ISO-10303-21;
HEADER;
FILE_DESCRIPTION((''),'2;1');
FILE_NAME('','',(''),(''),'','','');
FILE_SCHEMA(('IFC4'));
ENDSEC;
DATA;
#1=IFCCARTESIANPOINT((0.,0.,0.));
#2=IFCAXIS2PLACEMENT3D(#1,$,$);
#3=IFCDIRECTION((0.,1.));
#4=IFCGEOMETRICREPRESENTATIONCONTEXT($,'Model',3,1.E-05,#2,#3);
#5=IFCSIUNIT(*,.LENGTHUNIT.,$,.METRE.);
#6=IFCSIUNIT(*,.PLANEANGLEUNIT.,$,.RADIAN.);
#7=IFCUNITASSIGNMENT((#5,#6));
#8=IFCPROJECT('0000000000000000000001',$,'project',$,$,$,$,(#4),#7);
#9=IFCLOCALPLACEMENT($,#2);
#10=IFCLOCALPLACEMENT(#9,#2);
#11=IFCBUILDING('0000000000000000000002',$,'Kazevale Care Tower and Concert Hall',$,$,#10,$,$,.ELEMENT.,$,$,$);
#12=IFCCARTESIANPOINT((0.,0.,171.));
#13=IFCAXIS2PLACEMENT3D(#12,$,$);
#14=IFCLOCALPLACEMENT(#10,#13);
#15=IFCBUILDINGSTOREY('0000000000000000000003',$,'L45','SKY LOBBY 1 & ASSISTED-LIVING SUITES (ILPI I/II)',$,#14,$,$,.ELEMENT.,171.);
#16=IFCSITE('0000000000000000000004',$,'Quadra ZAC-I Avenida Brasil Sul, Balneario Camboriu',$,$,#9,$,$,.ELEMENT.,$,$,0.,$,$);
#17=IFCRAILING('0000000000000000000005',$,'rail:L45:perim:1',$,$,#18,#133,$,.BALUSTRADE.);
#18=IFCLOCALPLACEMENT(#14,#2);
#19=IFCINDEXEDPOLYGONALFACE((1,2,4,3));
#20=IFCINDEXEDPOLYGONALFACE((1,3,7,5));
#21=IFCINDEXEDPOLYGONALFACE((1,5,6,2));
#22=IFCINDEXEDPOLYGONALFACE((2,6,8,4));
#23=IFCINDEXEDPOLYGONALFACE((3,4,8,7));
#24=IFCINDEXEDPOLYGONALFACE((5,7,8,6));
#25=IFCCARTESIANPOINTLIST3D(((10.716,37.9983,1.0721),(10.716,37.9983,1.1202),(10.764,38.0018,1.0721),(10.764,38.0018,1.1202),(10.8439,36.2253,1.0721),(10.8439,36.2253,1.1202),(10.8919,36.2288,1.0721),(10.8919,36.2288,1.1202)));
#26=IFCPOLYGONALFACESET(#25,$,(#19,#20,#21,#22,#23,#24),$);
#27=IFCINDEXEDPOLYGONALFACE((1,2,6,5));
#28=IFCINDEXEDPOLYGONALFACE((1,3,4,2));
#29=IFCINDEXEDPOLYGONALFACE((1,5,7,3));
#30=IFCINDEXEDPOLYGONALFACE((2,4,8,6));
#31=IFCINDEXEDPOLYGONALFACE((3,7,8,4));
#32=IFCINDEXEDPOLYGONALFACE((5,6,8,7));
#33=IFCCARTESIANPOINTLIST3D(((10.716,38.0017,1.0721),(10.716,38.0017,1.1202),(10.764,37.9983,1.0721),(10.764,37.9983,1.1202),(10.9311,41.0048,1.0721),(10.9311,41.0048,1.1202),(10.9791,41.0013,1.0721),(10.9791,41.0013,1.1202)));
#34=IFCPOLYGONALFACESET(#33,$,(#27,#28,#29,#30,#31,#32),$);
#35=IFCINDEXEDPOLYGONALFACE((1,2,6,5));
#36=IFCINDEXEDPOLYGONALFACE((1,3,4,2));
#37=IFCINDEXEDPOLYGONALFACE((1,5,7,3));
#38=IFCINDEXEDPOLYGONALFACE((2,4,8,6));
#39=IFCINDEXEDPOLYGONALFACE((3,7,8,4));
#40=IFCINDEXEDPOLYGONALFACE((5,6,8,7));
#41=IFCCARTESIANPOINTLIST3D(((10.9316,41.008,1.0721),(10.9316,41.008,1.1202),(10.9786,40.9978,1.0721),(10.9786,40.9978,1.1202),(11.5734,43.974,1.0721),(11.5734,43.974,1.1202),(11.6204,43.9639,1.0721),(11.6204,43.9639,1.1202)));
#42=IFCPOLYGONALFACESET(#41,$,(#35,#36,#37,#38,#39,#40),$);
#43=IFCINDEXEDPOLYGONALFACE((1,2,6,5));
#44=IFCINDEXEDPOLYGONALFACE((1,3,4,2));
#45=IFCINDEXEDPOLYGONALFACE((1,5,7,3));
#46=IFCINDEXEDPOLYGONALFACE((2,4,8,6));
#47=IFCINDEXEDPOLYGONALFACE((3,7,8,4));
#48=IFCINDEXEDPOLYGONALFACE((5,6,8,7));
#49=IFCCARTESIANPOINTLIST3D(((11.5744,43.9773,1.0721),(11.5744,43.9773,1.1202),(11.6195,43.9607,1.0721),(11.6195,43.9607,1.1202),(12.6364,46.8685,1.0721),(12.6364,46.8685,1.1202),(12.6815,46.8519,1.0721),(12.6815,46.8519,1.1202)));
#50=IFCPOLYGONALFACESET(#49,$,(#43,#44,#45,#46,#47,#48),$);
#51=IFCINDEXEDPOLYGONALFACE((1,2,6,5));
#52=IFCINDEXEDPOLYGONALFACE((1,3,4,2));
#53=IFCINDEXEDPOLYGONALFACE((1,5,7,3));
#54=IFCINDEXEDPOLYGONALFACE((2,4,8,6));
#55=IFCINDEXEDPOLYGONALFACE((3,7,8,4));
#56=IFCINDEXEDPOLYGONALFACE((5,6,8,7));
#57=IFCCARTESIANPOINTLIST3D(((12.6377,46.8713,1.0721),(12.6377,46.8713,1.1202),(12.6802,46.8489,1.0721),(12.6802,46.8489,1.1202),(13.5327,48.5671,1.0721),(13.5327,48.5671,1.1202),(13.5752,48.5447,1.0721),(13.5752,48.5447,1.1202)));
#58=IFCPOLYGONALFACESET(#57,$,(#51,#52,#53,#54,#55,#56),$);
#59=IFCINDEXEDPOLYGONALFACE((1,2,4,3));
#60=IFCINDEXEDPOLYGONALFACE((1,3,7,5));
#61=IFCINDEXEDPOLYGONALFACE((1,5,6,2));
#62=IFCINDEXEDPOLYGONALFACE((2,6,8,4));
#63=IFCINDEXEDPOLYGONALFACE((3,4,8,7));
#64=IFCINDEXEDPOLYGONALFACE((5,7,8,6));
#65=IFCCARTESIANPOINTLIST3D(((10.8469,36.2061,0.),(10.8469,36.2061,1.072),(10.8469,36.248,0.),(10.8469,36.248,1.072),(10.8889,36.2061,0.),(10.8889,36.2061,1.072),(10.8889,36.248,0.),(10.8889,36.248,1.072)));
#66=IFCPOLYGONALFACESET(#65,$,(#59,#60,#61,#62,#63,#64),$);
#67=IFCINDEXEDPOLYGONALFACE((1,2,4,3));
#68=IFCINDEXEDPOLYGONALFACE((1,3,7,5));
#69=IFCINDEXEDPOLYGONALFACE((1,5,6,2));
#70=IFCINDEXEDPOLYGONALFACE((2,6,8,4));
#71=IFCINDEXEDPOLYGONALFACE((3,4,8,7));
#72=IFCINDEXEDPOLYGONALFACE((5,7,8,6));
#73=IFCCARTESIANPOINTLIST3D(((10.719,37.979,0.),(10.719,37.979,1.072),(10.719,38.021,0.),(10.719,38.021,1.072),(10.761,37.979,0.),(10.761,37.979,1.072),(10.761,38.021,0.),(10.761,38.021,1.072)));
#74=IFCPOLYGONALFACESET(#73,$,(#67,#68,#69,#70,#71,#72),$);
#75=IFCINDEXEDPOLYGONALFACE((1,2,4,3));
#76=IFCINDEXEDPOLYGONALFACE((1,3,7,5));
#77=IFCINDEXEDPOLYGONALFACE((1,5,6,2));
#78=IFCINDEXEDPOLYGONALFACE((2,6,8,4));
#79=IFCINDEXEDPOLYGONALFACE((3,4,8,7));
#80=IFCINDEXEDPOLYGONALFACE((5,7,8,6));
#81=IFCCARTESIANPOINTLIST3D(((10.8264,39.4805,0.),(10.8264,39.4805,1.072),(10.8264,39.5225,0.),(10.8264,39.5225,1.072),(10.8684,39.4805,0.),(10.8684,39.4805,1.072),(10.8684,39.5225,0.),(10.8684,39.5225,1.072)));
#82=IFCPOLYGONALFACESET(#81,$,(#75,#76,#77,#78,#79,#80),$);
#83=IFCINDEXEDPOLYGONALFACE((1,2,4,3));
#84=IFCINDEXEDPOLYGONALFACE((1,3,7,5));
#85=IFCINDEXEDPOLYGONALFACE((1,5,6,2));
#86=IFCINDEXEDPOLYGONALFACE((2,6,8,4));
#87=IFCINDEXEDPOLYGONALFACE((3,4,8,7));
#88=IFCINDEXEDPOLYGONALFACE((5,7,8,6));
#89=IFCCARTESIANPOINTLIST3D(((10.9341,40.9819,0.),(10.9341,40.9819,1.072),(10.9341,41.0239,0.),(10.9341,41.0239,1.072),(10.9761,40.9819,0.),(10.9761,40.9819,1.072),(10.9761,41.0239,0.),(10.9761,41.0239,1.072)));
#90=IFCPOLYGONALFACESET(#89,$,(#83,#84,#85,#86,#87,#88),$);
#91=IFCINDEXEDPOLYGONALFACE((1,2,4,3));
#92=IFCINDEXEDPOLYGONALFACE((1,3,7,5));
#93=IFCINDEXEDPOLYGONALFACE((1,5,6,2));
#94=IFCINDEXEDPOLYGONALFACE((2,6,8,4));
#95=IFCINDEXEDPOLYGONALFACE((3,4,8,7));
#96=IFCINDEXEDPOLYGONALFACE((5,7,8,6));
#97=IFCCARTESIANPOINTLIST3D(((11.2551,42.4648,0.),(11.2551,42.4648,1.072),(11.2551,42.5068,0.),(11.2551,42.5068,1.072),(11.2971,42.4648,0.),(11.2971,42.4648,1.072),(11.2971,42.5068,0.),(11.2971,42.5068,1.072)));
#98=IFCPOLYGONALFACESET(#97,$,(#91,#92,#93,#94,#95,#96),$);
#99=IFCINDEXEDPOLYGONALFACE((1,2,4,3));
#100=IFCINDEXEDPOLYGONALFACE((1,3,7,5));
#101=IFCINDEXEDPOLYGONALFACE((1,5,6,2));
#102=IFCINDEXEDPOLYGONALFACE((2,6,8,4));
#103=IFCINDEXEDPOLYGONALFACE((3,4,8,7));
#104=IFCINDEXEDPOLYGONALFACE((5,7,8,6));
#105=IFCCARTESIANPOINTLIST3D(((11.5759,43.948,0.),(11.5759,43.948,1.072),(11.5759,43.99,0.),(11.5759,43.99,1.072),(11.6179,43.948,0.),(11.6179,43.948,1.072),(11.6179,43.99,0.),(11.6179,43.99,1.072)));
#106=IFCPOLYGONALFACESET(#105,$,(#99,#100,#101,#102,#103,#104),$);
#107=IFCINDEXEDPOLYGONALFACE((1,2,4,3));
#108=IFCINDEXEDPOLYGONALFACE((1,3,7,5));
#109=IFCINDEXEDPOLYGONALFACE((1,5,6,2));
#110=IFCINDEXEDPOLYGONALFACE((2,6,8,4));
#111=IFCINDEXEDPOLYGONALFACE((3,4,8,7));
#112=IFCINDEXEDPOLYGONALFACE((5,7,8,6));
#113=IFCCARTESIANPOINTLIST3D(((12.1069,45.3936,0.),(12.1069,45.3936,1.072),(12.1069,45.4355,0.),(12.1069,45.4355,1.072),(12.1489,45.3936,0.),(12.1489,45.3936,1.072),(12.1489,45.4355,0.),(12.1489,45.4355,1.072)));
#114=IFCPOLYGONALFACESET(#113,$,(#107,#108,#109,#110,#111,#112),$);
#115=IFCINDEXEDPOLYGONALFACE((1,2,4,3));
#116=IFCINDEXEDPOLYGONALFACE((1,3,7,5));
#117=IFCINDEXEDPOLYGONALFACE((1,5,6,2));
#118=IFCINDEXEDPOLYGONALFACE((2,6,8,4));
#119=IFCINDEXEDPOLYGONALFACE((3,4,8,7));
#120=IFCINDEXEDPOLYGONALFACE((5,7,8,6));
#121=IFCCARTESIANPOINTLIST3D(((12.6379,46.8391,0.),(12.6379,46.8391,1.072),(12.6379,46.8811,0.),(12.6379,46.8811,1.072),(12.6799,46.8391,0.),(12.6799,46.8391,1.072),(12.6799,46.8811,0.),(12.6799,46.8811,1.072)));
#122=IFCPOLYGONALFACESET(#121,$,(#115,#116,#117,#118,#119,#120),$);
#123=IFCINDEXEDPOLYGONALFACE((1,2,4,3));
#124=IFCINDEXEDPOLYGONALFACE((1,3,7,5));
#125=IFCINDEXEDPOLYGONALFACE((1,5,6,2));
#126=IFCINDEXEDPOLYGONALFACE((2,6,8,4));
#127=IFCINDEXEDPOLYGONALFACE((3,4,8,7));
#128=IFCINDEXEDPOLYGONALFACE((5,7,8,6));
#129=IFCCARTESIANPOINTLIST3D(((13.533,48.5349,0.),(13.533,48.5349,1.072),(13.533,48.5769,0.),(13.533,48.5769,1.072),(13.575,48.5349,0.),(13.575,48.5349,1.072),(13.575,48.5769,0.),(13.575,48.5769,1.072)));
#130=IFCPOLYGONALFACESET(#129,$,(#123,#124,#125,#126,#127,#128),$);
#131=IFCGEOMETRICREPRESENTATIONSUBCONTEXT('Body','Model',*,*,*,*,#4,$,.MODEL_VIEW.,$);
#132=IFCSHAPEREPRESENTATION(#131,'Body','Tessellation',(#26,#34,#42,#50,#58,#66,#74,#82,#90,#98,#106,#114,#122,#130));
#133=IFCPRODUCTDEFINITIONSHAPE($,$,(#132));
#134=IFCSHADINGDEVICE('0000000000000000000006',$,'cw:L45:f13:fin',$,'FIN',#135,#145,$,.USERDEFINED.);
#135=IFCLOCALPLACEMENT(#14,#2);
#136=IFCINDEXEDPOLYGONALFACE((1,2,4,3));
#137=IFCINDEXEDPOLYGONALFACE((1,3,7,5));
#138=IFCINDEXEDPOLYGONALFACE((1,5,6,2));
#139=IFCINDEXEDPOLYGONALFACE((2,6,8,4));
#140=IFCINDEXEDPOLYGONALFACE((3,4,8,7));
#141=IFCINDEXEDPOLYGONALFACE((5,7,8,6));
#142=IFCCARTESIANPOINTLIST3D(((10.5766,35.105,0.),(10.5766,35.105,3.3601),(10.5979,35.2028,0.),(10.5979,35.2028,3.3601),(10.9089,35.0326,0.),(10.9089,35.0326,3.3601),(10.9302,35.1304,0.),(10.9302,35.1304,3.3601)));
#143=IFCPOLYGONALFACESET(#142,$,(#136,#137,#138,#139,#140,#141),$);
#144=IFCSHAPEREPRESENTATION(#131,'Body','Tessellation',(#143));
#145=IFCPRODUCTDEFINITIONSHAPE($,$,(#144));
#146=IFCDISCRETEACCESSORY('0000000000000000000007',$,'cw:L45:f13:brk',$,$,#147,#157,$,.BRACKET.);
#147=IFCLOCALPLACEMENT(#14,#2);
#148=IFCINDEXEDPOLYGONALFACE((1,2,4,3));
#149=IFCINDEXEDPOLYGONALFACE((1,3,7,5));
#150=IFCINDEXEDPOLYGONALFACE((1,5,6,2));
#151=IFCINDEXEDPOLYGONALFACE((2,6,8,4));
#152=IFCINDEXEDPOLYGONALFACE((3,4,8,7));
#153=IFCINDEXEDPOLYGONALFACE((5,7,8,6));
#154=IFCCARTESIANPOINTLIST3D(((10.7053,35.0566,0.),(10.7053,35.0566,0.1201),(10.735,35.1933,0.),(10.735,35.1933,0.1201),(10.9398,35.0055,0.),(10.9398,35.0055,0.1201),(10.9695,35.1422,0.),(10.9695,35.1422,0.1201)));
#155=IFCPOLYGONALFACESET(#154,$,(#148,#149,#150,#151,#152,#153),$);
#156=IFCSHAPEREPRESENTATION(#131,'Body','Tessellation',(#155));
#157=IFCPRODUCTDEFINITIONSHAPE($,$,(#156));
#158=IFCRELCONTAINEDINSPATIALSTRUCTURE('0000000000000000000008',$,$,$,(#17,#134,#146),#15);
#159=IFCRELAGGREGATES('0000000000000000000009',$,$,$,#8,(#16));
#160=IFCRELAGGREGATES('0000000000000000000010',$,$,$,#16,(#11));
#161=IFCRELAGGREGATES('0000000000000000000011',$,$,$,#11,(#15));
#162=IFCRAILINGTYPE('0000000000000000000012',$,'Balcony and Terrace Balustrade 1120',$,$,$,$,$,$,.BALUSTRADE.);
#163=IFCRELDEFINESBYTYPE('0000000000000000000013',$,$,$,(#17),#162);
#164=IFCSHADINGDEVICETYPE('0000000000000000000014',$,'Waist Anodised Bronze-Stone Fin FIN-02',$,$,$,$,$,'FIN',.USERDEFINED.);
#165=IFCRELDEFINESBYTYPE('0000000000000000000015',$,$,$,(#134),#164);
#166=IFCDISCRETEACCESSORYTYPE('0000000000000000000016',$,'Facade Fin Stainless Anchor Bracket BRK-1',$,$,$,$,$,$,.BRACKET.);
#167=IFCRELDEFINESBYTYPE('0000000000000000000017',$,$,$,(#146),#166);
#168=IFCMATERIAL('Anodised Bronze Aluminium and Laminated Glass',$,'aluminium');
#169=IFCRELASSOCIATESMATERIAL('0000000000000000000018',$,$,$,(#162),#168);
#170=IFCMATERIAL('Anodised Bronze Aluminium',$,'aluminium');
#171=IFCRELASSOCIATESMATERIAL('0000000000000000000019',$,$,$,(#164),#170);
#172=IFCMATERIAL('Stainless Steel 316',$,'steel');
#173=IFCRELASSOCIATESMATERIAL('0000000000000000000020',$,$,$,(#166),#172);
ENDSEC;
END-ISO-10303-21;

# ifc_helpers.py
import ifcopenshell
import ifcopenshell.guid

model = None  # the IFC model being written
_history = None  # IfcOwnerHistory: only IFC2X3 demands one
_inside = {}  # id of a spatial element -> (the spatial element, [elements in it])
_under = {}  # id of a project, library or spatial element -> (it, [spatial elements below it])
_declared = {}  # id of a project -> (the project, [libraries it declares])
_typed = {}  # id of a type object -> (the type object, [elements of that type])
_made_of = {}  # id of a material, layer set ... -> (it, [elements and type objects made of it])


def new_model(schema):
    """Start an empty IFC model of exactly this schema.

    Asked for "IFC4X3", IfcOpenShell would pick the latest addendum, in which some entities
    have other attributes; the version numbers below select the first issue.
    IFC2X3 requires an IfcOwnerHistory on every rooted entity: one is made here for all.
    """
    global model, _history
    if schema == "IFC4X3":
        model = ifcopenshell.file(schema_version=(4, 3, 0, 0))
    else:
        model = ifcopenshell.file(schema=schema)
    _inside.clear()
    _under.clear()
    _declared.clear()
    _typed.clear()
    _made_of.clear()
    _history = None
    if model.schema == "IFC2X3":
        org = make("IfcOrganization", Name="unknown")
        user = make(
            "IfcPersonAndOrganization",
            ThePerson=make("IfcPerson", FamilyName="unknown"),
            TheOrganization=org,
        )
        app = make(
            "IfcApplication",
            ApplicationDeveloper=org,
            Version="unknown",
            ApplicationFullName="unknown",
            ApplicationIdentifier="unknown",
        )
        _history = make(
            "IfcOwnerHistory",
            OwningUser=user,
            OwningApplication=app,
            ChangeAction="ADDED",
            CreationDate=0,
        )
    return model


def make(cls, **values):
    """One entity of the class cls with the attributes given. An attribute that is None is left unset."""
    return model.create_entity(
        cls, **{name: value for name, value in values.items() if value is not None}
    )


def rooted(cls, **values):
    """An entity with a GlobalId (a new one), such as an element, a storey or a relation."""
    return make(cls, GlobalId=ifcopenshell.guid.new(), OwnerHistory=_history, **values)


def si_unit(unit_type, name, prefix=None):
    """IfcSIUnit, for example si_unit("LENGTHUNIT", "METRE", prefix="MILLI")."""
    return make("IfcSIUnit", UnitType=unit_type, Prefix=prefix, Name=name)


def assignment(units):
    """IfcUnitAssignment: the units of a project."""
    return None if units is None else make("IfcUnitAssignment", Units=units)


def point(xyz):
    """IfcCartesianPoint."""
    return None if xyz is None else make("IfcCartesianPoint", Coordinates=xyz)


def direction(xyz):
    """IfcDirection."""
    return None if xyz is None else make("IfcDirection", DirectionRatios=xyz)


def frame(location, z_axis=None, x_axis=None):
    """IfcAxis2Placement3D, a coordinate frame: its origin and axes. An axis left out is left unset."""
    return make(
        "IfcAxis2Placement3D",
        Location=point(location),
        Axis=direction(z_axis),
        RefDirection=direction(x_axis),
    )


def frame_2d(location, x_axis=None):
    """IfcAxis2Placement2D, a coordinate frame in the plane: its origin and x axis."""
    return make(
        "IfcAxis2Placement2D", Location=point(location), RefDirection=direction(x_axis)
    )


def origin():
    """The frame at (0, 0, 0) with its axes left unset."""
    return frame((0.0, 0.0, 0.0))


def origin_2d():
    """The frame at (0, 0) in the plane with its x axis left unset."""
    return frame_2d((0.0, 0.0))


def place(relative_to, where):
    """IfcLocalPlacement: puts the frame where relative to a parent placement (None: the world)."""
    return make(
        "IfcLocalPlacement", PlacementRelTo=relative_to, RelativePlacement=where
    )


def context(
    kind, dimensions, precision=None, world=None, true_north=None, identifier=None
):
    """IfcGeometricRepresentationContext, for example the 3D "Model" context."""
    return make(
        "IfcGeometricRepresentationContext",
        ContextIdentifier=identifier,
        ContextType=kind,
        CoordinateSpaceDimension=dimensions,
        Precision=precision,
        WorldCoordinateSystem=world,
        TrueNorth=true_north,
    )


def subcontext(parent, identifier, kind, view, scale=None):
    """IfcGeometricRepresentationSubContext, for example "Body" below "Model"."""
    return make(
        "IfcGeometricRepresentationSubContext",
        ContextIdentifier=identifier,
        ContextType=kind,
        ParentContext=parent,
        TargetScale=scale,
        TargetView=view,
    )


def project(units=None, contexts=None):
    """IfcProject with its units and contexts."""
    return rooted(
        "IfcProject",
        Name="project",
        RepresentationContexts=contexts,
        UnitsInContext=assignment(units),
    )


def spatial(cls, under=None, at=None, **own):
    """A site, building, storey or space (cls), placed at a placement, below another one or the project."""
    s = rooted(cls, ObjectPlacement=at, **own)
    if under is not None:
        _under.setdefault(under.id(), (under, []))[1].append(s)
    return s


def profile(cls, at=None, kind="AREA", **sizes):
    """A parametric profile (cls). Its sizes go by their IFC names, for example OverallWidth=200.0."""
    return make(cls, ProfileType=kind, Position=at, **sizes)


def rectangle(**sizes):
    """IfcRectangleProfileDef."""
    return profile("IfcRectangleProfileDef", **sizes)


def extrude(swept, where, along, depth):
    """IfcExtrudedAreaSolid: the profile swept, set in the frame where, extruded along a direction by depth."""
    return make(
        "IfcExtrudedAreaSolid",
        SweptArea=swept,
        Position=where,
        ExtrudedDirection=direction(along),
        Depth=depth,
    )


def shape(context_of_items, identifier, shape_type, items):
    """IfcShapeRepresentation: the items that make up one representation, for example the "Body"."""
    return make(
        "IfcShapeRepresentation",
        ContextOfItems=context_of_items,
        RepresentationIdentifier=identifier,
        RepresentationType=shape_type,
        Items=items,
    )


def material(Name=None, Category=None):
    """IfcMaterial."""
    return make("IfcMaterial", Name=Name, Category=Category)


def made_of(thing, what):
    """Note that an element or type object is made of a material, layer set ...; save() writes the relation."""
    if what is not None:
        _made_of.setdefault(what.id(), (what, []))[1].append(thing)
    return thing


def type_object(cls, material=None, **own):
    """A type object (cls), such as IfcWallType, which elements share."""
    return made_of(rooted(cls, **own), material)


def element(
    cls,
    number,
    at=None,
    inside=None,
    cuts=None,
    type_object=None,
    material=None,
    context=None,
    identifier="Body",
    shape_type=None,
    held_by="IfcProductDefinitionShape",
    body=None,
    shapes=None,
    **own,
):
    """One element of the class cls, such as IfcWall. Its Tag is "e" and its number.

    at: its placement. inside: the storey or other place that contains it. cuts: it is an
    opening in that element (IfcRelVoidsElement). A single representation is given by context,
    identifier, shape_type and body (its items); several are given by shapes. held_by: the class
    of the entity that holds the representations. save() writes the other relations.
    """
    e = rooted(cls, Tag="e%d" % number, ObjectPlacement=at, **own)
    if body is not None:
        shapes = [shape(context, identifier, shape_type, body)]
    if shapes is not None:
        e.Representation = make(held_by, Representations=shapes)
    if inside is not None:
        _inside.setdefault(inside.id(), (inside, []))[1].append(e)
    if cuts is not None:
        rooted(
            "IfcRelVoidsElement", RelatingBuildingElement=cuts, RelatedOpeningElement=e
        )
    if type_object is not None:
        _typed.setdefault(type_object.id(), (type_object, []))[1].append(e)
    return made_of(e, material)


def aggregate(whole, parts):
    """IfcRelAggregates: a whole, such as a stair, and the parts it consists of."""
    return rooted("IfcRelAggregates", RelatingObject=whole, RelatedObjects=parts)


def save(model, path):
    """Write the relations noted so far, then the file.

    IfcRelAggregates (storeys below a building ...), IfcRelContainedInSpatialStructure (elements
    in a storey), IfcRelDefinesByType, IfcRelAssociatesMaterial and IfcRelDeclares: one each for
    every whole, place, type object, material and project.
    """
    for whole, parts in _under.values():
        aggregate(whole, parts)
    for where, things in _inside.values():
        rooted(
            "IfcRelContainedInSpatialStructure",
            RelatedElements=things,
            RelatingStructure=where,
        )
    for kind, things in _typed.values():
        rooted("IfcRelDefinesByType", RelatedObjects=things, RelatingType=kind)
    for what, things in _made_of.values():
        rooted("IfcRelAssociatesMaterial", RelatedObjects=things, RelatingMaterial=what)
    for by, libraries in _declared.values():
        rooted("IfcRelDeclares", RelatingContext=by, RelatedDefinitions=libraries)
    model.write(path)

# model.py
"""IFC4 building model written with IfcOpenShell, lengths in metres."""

from ifc_helpers import new_model, si_unit, direction, frame, origin, origin_2d, place, context, subcontext, project, spatial, rectangle, extrude, material, type_object, element, save


model = new_model("IFC4")

# Units and contexts
model_context = context("Model", 3, precision=1e-05, world=origin(), true_north=direction((0.0, 1.0)))
body_context = subcontext(model_context, "Body", "Model", "MODEL_VIEW")
ifc_project = project(units=[si_unit("LENGTHUNIT", "METRE"), si_unit("PLANEANGLEUNIT", "RADIAN")], contexts=[model_context])

# Site, building, storey
site_placement = place(None, origin())
site = spatial("IfcSite", under=ifc_project, at=site_placement, Name="Quadra ZAC-I Avenida Brasil Sul, Balneario Camboriu", CompositionType="ELEMENT", RefElevation=0.0)
building_placement = place(site_placement, origin())
building = spatial("IfcBuilding", under=site, at=building_placement, Name="Kazevale Care Tower and Concert Hall", CompositionType="ELEMENT")
storey_placement = place(building_placement, frame((0.0, 0.0, 171.0)))
storey = spatial("IfcBuildingStorey", under=building, at=storey_placement, Name="L45", Description="SKY LOBBY 1 & ASSISTED-LIVING SUITES (ILPI I/II)", CompositionType="ELEMENT", Elevation=171.0)

# Shared definitions
ifc_material_1 = material(Name="Stainless Steel 316", Category="steel")

# Railing
ifc_material_2 = material(Name="Anodised Bronze Aluminium and Laminated Glass", Category="aluminium")
railing_type = type_object("IfcRailingType", Name="Balcony and Terrace Balustrade 1120", PredefinedType="BALUSTRADE", material=ifc_material_2)
railing_placement = place(storey_placement, frame((10.8679, 36.2271, 0.0)))
element("IfcRailing", 1, at=railing_placement, inside=storey, type_object=railing_type, Name="rail:L45:perim:1", PredefinedType="BALUSTRADE", context=body_context, shape_type="SweptSolid", body=[
    extrude(rectangle(XDim=0.0481, YDim=0.0481, at=origin_2d()), frame((0.0, 0.0, 1.0962), z_axis=(-0.071969, 0.997407, 0.0), x_axis=(-0.997407, -0.071969, 0.0)), (0.0, 0.0, 1.0), 1.7776),
    extrude(rectangle(XDim=0.0481, YDim=0.0481, at=origin_2d()), frame((-0.1279, 1.7729, 1.0962), z_axis=(0.071443, 0.997445, 0.0), x_axis=(-0.997445, 0.071443, 0.0)), (0.0, 0.0, 1.0), 3.0107),
    extrude(rectangle(XDim=0.0481, YDim=0.0481, at=origin_2d()), frame((0.0872, 4.7759, 1.0962), z_axis=(0.211501, 0.977378, 0.0), x_axis=(-0.977378, 0.211501, 0.0)), (0.0, 0.0, 1.0), 3.0347),
    extrude(rectangle(XDim=0.0481, YDim=0.0481, at=origin_2d()), frame((0.729, 7.7419, 1.0962), z_axis=(0.344809, 0.938673, 0.0), x_axis=(-0.938673, 0.344809, 0.0)), (0.0, 0.0, 1.0), 3.0801),
    extrude(rectangle(XDim=0.0481, YDim=0.0481, at=origin_2d()), frame((1.791, 10.6331, 1.0962), z_axis=(0.466764, 0.884382, 0.0), x_axis=(-0.884382, 0.466764, 0.0)), (0.0, 0.0, 1.0), 1.9175),
    extrude(rectangle(XDim=0.042, YDim=0.042, at=origin_2d()), origin(), (0.0, 0.0, 1.0), 1.072),
    extrude(rectangle(XDim=0.042, YDim=0.042, at=origin_2d()), frame((-0.1279, 1.7729, 0.0)), (0.0, 0.0, 1.0), 1.072),
    extrude(rectangle(XDim=0.042, YDim=0.042, at=origin_2d()), frame((-0.0205, 3.2744, 0.0)), (0.0, 0.0, 1.0), 1.072),
    extrude(rectangle(XDim=0.042, YDim=0.042, at=origin_2d()), frame((0.0872, 4.7759, 0.0)), (0.0, 0.0, 1.0), 1.072),
    extrude(rectangle(XDim=0.042, YDim=0.042, at=origin_2d()), frame((0.4082, 6.2588, 0.0)), (0.0, 0.0, 1.0), 1.072),
    extrude(rectangle(XDim=0.042, YDim=0.042, at=origin_2d()), frame((0.729, 7.7419, 0.0)), (0.0, 0.0, 1.0), 1.072),
    extrude(rectangle(XDim=0.042, YDim=0.042, at=origin_2d()), frame((1.26, 9.1875, 0.0)), (0.0, 0.0, 1.0), 1.072),
    extrude(rectangle(XDim=0.042, YDim=0.042, at=origin_2d()), frame((1.791, 10.6331, 0.0)), (0.0, 0.0, 1.0), 1.072),
    extrude(rectangle(XDim=0.042, YDim=0.042, at=origin_2d()), frame((2.686, 12.3289, 0.0)), (0.0, 0.0, 1.0), 1.072),
])

# Shading device
ifc_material_3 = material(Name="Anodised Bronze Aluminium", Category="aluminium")
shading_device_type = type_object("IfcShadingDeviceType", Name="Waist Anodised Bronze-Stone Fin FIN-02", ElementType="FIN", PredefinedType="USERDEFINED", material=ifc_material_3)
shading_device_placement = place(storey_placement, frame((10.7534, 35.1177, 0.0), z_axis=(0.0, 0.0, 1.0), x_axis=(-0.977083, 0.21286, 0.0)))
element("IfcShadingDevice", 2, at=shading_device_placement, inside=storey, type_object=shading_device_type, Name="cw:L45:f13:fin", ObjectType="FIN", PredefinedType="USERDEFINED", context=body_context, shape_type="SweptSolid", body=[
    extrude(rectangle(XDim=0.3401, YDim=0.1001, at=origin_2d()), origin(), (0.0, 0.0, 1.0), 3.3601),
])

# Discrete accessory
discrete_accessory_type = type_object("IfcDiscreteAccessoryType", Name="Facade Fin Stainless Anchor Bracket BRK-1", PredefinedType="BRACKET", material=ifc_material_1)
discrete_accessory_placement = place(storey_placement, frame((10.8374, 35.0994, 0.0), z_axis=(0.0, 0.0, 1.0), x_axis=(-0.977083, 0.21286, 0.0)))
element("IfcDiscreteAccessory", 3, at=discrete_accessory_placement, inside=storey, type_object=discrete_accessory_type, Name="cw:L45:f13:brk", PredefinedType="BRACKET", context=body_context, shape_type="SweptSolid", body=[
    extrude(rectangle(XDim=0.24, YDim=0.1399, at=origin_2d()), origin(), (0.0, 0.0, 1.0), 0.1201),
])

save(model, "model.ifc")
